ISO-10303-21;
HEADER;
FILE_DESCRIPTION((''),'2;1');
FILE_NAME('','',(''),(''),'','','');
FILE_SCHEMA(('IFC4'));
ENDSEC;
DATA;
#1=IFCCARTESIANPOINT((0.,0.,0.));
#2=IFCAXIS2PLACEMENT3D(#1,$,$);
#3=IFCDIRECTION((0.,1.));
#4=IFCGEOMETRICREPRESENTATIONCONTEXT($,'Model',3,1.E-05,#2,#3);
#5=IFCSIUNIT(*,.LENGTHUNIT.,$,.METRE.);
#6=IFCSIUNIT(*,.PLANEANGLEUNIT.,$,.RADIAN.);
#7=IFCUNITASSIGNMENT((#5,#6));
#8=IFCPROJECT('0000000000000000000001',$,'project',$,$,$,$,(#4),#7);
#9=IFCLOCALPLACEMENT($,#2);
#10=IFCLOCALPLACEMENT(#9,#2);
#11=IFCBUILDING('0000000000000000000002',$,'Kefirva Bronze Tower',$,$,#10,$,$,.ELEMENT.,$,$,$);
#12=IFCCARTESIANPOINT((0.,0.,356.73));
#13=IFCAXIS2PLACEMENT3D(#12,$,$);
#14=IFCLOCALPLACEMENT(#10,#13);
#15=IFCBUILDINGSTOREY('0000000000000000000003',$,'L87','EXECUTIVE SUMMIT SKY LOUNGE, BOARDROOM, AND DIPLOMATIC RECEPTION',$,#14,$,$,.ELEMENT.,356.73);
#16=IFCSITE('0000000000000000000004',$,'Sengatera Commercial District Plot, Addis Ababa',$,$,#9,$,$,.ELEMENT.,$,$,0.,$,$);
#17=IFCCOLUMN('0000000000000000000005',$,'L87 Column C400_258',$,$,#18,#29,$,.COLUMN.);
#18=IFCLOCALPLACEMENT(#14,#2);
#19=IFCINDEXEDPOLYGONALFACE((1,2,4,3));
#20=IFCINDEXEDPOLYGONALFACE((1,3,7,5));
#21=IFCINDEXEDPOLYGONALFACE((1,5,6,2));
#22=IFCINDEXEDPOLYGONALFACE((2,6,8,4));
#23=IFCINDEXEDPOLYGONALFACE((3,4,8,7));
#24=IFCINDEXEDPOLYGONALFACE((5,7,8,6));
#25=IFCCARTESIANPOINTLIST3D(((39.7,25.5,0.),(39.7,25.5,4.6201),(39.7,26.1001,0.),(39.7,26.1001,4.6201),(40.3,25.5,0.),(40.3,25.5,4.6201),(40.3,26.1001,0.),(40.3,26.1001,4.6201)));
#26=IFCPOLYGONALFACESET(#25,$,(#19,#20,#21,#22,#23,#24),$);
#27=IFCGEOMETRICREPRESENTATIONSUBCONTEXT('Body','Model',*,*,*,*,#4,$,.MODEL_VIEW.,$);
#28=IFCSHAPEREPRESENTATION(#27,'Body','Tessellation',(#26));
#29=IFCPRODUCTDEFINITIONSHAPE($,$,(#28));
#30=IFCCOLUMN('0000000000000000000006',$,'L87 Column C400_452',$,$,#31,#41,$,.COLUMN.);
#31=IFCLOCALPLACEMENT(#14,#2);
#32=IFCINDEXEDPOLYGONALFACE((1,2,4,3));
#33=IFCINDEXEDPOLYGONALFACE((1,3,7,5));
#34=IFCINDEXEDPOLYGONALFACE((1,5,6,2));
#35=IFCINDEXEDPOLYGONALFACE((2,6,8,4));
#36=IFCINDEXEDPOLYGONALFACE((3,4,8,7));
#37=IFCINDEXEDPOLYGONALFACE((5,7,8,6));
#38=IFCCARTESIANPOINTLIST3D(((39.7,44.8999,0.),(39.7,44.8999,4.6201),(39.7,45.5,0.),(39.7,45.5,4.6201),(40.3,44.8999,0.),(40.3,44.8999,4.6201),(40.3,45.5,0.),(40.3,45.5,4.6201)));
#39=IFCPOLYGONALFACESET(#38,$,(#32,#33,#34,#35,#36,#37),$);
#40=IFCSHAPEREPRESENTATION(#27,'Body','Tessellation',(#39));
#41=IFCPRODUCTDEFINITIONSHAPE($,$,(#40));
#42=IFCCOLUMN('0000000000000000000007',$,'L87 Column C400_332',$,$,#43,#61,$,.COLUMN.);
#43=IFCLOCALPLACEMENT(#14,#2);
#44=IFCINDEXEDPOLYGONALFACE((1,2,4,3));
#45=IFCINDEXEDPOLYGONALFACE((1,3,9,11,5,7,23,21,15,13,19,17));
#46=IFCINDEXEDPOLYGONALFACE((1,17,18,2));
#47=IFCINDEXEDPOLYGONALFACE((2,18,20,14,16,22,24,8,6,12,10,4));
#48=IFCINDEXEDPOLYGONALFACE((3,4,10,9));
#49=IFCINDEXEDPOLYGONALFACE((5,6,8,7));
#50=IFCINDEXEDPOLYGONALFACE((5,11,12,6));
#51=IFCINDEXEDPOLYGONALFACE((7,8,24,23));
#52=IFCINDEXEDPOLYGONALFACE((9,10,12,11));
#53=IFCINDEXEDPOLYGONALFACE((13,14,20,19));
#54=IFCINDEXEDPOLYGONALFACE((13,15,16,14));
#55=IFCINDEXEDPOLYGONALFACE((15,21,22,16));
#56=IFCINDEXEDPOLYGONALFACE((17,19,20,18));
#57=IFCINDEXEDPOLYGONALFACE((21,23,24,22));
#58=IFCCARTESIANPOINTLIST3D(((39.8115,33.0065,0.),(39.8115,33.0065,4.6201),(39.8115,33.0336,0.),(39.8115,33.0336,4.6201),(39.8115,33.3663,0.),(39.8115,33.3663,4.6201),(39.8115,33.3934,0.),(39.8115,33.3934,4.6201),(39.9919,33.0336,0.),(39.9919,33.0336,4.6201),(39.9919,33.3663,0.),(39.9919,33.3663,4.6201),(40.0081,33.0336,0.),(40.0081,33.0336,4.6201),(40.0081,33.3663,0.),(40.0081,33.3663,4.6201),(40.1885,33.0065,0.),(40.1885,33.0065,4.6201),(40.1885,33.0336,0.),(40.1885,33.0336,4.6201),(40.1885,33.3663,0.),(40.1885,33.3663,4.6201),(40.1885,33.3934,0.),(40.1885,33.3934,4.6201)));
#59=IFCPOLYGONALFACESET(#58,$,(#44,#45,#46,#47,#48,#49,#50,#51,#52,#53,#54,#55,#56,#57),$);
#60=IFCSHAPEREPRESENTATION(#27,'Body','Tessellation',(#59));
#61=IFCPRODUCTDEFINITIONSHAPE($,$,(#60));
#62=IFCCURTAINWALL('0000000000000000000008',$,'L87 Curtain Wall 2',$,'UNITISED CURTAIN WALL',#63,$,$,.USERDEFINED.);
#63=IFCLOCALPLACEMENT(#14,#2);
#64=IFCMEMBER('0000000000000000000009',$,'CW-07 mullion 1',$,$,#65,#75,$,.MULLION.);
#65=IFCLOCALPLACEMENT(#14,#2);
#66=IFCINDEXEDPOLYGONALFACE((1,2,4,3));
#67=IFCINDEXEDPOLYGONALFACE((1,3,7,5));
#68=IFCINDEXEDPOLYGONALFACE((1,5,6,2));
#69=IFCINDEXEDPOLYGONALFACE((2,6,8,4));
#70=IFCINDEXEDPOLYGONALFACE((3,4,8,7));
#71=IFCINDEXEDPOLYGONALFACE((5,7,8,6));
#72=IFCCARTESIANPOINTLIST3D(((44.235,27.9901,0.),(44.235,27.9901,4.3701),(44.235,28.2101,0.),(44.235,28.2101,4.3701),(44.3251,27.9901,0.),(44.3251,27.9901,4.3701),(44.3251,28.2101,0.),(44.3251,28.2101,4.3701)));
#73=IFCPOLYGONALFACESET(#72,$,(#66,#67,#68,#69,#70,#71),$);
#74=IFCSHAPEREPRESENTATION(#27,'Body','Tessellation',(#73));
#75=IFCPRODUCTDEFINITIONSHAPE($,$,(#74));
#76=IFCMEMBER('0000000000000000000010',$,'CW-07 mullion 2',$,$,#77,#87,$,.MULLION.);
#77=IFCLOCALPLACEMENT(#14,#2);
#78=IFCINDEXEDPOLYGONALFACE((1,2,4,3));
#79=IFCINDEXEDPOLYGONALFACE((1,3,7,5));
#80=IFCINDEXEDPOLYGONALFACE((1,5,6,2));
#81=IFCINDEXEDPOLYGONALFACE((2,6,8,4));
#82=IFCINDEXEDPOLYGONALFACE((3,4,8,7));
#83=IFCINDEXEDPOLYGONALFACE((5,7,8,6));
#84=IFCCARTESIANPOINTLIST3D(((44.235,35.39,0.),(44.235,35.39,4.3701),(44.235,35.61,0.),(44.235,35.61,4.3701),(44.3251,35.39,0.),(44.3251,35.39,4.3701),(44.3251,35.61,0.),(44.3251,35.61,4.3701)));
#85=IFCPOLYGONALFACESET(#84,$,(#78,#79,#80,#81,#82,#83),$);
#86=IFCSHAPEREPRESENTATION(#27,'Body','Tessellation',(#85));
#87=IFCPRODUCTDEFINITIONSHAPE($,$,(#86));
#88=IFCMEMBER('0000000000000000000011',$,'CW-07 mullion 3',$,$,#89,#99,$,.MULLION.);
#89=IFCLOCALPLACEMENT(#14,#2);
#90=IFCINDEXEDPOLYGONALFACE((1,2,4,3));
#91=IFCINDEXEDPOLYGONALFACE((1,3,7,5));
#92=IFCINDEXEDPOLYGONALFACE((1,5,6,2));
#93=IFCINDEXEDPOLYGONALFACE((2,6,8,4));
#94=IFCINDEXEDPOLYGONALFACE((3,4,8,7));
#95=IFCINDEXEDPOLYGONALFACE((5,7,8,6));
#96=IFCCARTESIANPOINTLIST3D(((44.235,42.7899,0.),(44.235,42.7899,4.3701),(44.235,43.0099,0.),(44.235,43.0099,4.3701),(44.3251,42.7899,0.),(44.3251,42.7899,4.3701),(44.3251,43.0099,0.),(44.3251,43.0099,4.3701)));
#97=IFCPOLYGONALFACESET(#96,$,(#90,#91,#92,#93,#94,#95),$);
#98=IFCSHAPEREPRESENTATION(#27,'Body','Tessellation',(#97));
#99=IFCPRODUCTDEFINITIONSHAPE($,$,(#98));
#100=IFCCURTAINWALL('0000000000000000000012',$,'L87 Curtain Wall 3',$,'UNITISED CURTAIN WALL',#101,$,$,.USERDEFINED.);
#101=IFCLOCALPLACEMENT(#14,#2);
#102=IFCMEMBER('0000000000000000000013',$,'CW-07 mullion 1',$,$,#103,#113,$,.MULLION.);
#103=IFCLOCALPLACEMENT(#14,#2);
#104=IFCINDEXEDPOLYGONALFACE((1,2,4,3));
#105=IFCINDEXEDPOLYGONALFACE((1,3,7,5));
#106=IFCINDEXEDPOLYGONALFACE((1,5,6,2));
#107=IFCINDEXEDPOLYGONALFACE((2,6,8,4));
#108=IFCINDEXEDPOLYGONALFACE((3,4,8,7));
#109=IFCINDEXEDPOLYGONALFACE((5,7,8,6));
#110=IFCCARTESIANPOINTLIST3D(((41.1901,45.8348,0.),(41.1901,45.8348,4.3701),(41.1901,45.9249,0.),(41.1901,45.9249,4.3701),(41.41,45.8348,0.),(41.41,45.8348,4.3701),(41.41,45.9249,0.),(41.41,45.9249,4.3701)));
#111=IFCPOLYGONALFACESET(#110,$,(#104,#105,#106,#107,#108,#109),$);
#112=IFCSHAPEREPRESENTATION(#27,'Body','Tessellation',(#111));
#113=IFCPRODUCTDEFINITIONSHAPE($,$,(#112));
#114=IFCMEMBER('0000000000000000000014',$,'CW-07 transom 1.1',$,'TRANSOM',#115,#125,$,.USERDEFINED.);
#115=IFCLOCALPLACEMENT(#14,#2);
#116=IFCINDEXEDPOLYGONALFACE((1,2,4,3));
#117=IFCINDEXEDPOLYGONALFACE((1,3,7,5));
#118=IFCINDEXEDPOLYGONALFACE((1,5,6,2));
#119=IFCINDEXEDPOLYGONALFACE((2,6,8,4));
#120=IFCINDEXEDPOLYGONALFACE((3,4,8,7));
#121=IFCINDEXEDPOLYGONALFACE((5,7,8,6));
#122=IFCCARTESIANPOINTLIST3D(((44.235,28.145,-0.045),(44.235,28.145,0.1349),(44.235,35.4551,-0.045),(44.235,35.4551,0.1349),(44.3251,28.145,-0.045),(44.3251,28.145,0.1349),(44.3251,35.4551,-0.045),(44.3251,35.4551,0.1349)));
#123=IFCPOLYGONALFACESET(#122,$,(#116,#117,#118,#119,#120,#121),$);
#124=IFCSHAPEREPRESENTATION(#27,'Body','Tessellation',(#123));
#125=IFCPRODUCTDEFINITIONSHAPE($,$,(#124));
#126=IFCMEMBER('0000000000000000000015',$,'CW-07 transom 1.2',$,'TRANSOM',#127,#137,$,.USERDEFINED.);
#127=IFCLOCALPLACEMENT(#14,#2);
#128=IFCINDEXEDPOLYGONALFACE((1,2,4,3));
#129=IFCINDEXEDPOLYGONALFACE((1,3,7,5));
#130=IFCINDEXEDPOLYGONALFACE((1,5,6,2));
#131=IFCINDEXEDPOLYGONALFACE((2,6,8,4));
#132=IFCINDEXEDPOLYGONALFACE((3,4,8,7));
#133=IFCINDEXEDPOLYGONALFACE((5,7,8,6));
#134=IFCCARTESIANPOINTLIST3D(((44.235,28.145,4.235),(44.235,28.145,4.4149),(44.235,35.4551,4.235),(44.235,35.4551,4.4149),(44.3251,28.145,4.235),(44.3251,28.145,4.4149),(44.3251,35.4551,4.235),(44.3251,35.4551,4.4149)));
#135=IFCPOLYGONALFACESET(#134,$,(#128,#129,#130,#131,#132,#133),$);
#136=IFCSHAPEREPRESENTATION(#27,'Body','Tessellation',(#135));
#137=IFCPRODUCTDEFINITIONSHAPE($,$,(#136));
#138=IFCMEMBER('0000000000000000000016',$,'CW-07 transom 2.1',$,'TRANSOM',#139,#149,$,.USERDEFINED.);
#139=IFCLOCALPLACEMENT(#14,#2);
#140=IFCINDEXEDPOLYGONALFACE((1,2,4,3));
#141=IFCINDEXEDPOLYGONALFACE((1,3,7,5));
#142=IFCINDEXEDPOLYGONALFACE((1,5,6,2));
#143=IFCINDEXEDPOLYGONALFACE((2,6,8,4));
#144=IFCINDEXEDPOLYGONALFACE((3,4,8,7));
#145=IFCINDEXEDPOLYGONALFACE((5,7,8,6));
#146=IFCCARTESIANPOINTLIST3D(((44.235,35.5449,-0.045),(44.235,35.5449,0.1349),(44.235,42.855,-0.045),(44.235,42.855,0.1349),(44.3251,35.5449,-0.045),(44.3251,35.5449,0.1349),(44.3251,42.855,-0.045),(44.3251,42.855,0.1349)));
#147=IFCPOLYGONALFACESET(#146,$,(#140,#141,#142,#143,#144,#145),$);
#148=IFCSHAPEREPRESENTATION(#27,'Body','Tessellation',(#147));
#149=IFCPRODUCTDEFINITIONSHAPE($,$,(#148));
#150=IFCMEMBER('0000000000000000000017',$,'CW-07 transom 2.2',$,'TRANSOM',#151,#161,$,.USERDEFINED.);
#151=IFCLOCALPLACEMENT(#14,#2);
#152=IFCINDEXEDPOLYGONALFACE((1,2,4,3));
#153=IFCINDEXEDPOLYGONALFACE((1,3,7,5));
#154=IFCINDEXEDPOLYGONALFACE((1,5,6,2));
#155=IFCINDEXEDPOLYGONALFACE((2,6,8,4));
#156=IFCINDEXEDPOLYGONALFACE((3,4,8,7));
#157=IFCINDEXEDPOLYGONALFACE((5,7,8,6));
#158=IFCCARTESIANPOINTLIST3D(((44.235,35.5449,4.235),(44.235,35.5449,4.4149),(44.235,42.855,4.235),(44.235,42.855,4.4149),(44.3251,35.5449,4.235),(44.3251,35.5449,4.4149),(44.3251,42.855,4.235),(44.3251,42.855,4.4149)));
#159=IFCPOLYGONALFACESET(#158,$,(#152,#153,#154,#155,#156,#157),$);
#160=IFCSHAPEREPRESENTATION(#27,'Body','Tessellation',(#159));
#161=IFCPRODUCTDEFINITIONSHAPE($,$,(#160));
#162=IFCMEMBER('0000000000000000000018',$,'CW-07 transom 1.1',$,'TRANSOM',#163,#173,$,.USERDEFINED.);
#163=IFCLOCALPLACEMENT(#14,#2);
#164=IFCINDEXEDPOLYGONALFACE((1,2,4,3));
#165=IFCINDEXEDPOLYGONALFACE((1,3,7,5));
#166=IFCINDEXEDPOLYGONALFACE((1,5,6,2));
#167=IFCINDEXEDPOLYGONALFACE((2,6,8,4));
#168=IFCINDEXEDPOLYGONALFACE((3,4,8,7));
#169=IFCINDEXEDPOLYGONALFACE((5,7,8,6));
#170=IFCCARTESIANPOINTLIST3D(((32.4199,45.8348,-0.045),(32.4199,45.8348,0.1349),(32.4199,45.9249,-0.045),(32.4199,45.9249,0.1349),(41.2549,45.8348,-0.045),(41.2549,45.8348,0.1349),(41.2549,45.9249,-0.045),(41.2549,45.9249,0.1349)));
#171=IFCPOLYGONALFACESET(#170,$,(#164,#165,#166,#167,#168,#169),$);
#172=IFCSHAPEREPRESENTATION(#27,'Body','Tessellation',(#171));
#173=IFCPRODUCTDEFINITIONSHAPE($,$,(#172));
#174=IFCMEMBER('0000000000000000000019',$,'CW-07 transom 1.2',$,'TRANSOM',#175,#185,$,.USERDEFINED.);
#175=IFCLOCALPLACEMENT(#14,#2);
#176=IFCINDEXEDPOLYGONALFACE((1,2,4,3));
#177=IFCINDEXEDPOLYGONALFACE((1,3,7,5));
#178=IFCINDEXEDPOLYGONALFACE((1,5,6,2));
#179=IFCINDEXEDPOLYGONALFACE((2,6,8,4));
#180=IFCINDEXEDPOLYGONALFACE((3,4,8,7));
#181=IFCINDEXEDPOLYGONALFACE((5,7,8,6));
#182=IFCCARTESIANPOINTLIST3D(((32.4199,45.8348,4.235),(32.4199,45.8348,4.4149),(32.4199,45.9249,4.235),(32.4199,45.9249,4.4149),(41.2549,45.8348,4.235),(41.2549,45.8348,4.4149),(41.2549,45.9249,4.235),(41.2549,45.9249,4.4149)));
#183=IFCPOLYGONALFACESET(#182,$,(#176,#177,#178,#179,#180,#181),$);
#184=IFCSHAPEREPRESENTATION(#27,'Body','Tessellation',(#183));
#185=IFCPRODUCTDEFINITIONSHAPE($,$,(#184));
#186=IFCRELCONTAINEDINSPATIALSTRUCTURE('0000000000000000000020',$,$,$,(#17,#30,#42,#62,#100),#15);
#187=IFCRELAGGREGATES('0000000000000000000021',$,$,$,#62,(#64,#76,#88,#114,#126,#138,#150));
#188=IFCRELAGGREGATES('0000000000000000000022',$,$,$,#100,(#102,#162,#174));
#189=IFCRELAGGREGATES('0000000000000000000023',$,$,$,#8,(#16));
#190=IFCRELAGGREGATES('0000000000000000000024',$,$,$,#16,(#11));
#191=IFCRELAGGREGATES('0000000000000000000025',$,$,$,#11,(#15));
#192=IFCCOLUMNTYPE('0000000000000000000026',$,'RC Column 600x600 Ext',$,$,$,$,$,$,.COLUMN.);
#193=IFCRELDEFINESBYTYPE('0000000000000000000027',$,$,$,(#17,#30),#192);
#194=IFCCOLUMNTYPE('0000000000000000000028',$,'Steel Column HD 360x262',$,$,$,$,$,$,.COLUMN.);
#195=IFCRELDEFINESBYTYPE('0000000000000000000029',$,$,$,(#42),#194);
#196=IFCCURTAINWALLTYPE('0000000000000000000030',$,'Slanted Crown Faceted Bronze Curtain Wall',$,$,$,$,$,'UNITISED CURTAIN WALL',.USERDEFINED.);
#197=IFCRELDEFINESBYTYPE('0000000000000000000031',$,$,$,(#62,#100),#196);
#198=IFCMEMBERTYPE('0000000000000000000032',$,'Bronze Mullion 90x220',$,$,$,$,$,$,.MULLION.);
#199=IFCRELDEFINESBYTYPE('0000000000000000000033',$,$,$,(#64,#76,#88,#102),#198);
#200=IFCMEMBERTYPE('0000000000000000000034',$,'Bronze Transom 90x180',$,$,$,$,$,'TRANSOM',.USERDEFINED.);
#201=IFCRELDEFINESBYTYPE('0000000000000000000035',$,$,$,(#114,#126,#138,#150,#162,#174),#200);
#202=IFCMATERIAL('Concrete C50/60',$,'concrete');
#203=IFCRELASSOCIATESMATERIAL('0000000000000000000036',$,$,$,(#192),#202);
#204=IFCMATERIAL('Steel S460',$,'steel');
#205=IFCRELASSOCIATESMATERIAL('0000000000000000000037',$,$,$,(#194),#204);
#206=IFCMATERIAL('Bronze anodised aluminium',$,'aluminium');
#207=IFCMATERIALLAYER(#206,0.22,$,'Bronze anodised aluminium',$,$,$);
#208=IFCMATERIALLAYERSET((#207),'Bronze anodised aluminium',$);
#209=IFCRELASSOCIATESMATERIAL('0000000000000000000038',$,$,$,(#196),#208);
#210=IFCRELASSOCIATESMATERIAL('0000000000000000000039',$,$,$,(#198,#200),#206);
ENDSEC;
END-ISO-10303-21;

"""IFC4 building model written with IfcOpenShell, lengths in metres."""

from ifc_helpers import new_model, si_unit, direction, frame, origin, origin_2d, place, context, subcontext, project, spatial, rectangle, i_section, extrude, material, layer, layer_set, material_profile, profile_set, type_object, element, aggregate, save


model = new_model("IFC4")

# Units and contexts
model_context = context("Model", 3, precision=1e-05, world=origin(), true_north=direction((0.0, 1.0)))
body_context = subcontext(model_context, "Body", "Model", "MODEL_VIEW")
ifc_project = project(units=[si_unit("LENGTHUNIT", "METRE"), si_unit("PLANEANGLEUNIT", "RADIAN")], contexts=[model_context])

# Site, building, storey
site_placement = place(None, origin())
site = spatial("IfcSite", under=ifc_project, at=site_placement, Name="Sengatera Commercial District Plot, Addis Ababa", CompositionType="ELEMENT", RefElevation=0.0)
building_placement = place(site_placement, origin())
building = spatial("IfcBuilding", under=site, at=building_placement, Name="Kefirva Bronze Tower", CompositionType="ELEMENT")
storey_placement = place(building_placement, frame((0.0, 0.0, 356.73)))
storey = spatial("IfcBuildingStorey", under=building, at=storey_placement, Name="L87", Description="EXECUTIVE SUMMIT SKY LOUNGE, BOARDROOM, AND DIPLOMATIC RECEPTION", CompositionType="ELEMENT", Elevation=356.73)

# Columns
ifc_material_1 = material(Name="Concrete C50/60", Category="concrete")
ifc_material_profile_1 = material_profile(ifc_material_1, rectangle(XDim=0.6001, YDim=0.6001, at=origin_2d()), Name="RC 600x600")
ifc_profile_set_1 = profile_set([ifc_material_profile_1], Name="Concrete C50/60")
column_type_1 = type_object("IfcColumnType", Name="RC Column 600x600 Ext", PredefinedType="COLUMN", material=ifc_profile_set_1)
for number, where, z_axis, x_axis, name in (
    (1, (40.0, 25.8, 0.0), (0.0, 0.0, 1.0), (1.0, 0.0, 0.0), "L87 Column C400_258"),
    (2, (40.0, 45.2, 0.0), (0.0, 0.0, 1.0), (1.0, 0.0, 0.0), "L87 Column C400_452"),
):
    element("IfcColumn", number, at=place(storey_placement, frame(where, z_axis=z_axis, x_axis=x_axis)), inside=storey, type_object=column_type_1, Name=name, PredefinedType="COLUMN", context=body_context, shape_type="SweptSolid", body=[
        extrude(rectangle(XDim=0.6001, YDim=0.6001, at=origin_2d()), origin(), (0.0, 0.0, 1.0), 4.6201),
    ])
ifc_material_2 = material(Name="Steel S460", Category="steel")
ifc_material_profile_2 = material_profile(ifc_material_2, i_section(OverallWidth=0.377, OverallDepth=0.387, WebThickness=0.0161, FlangeThickness=0.0271, at=origin_2d()), Name="HD 360x262")
ifc_profile_set_2 = profile_set([ifc_material_profile_2], Name="Steel S460")
column_type_2 = type_object("IfcColumnType", Name="Steel Column HD 360x262", PredefinedType="COLUMN", material=ifc_profile_set_2)
column_placement = place(storey_placement, frame((40.0, 33.2, 0.0), z_axis=(0.0, 0.0, 1.0), x_axis=(1.0, 0.0, 0.0)))
element("IfcColumn", 3, at=column_placement, inside=storey, type_object=column_type_2, Name="L87 Column C400_332", PredefinedType="COLUMN", context=body_context, shape_type="SweptSolid", body=[
    extrude(i_section(OverallWidth=0.377, OverallDepth=0.387, WebThickness=0.0161, FlangeThickness=0.0271, at=origin_2d()), origin(), (0.0, 0.0, 1.0), 4.6201),
])

# Curtain wall, members
ifc_material_3 = material(Name="Bronze anodised aluminium", Category="aluminium")
ifc_layer_1 = layer(ifc_material_3, 0.22, Name="Bronze anodised aluminium")
ifc_layer_set_1 = layer_set([ifc_layer_1], Name="Bronze anodised aluminium")
curtain_wall_type = type_object("IfcCurtainWallType", Name="Slanted Crown Faceted Bronze Curtain Wall", ElementType="UNITISED CURTAIN WALL", PredefinedType="USERDEFINED", material=ifc_layer_set_1)
curtain_wall_1_placement = place(storey_placement, origin())
curtain_wall_1 = element("IfcCurtainWall", 4, at=curtain_wall_1_placement, inside=storey, type_object=curtain_wall_type, Name="L87 Curtain Wall 2", ObjectType="UNITISED CURTAIN WALL", PredefinedType="USERDEFINED")
ifc_material_profile_3 = material_profile(ifc_material_3, rectangle(XDim=0.0901, YDim=0.22, at=origin_2d()), Name="ALU 90x220")
ifc_profile_set_3 = profile_set([ifc_material_profile_3], Name="Bronze anodised aluminium")
member_type_1 = type_object("IfcMemberType", Name="Bronze Mullion 90x220", PredefinedType="MULLION", material=ifc_profile_set_3)
member_1_placement = place(storey_placement, frame((44.28, 28.1001, 0.0), z_axis=(0.0, 0.0, 1.0), x_axis=(-1.0, 0.0, 0.0)))
member_1 = element("IfcMember", 5, at=member_1_placement, type_object=member_type_1, Name="CW-07 mullion 1", PredefinedType="MULLION", context=body_context, shape_type="SweptSolid", body=[
    extrude(rectangle(XDim=0.0901, YDim=0.22, at=origin_2d()), origin(), (0.0, 0.0, 1.0), 4.3701),
])
member_2_placement = place(storey_placement, frame((44.28, 35.5, 0.0), z_axis=(0.0, 0.0, 1.0), x_axis=(-1.0, 0.0, 0.0)))
member_2 = element("IfcMember", 6, at=member_2_placement, type_object=member_type_1, Name="CW-07 mullion 2", PredefinedType="MULLION", context=body_context, shape_type="SweptSolid", body=[
    extrude(rectangle(XDim=0.0901, YDim=0.22, at=origin_2d()), origin(), (0.0, 0.0, 1.0), 4.3701),
])
member_3_placement = place(storey_placement, frame((44.28, 42.8999, 0.0), z_axis=(0.0, 0.0, 1.0), x_axis=(-1.0, 0.0, 0.0)))
member_3 = element("IfcMember", 7, at=member_3_placement, type_object=member_type_1, Name="CW-07 mullion 3", PredefinedType="MULLION", context=body_context, shape_type="SweptSolid", body=[
    extrude(rectangle(XDim=0.0901, YDim=0.22, at=origin_2d()), origin(), (0.0, 0.0, 1.0), 4.3701),
])

# Curtain wall, member
curtain_wall_2_placement = place(storey_placement, origin())
curtain_wall_2 = element("IfcCurtainWall", 8, at=curtain_wall_2_placement, inside=storey, type_object=curtain_wall_type, Name="L87 Curtain Wall 3", ObjectType="UNITISED CURTAIN WALL", PredefinedType="USERDEFINED")
member_4_placement = place(storey_placement, frame((41.3, 45.8799, 0.0), z_axis=(0.0, 0.0, 1.0), x_axis=(0.0, -1.0, 0.0)))
member_4 = element("IfcMember", 9, at=member_4_placement, type_object=member_type_1, Name="CW-07 mullion 1", PredefinedType="MULLION", context=body_context, shape_type="SweptSolid", body=[
    extrude(rectangle(XDim=0.0901, YDim=0.22, at=origin_2d()), origin(), (0.0, 0.0, 1.0), 4.3701),
])

# Members
ifc_material_profile_4 = material_profile(ifc_material_3, rectangle(XDim=0.0901, YDim=0.1799, at=origin_2d()), Name="ALU 90x180")
ifc_profile_set_4 = profile_set([ifc_material_profile_4], Name="Bronze anodised aluminium")
member_type_2 = type_object("IfcMemberType", Name="Bronze Transom 90x180", ElementType="TRANSOM", PredefinedType="USERDEFINED", material=ifc_profile_set_4)
member_5_placement = place(storey_placement, frame((44.28, 28.145, 0.0449), z_axis=(0.0, 1.0, 0.0), x_axis=(-1.0, 0.0, 0.0)))
member_5 = element("IfcMember", 10, at=member_5_placement, type_object=member_type_2, Name="CW-07 transom 1.1", ObjectType="TRANSOM", PredefinedType="USERDEFINED", context=body_context, shape_type="SweptSolid", body=[
    extrude(rectangle(XDim=0.0901, YDim=0.1799, at=origin_2d()), origin(), (0.0, 0.0, 1.0), 7.3101),
])
member_6_placement = place(storey_placement, frame((44.28, 28.145, 4.325), z_axis=(0.0, 1.0, 0.0), x_axis=(-1.0, 0.0, 0.0)))
member_6 = element("IfcMember", 11, at=member_6_placement, type_object=member_type_2, Name="CW-07 transom 1.2", ObjectType="TRANSOM", PredefinedType="USERDEFINED", context=body_context, shape_type="SweptSolid", body=[
    extrude(rectangle(XDim=0.0901, YDim=0.1799, at=origin_2d()), origin(), (0.0, 0.0, 1.0), 7.3101),
])
member_7_placement = place(storey_placement, frame((44.28, 35.5449, 0.0449), z_axis=(0.0, 1.0, 0.0), x_axis=(-1.0, 0.0, 0.0)))
member_7 = element("IfcMember", 12, at=member_7_placement, type_object=member_type_2, Name="CW-07 transom 2.1", ObjectType="TRANSOM", PredefinedType="USERDEFINED", context=body_context, shape_type="SweptSolid", body=[
    extrude(rectangle(XDim=0.0901, YDim=0.1799, at=origin_2d()), origin(), (0.0, 0.0, 1.0), 7.3101),
])
member_8_placement = place(storey_placement, frame((44.28, 35.5449, 4.325), z_axis=(0.0, 1.0, 0.0), x_axis=(-1.0, 0.0, 0.0)))
member_8 = element("IfcMember", 13, at=member_8_placement, type_object=member_type_2, Name="CW-07 transom 2.2", ObjectType="TRANSOM", PredefinedType="USERDEFINED", context=body_context, shape_type="SweptSolid", body=[
    extrude(rectangle(XDim=0.0901, YDim=0.1799, at=origin_2d()), origin(), (0.0, 0.0, 1.0), 7.3101),
])
member_9_placement = place(storey_placement, frame((41.2549, 45.8799, 0.0449), z_axis=(-1.0, 0.0, 0.0), x_axis=(0.0, -1.0, 0.0)))
member_9 = element("IfcMember", 14, at=member_9_placement, type_object=member_type_2, Name="CW-07 transom 1.1", ObjectType="TRANSOM", PredefinedType="USERDEFINED", context=body_context, shape_type="SweptSolid", body=[
    extrude(rectangle(XDim=0.0901, YDim=0.1799, at=origin_2d()), origin(), (0.0, 0.0, 1.0), 8.835),
])
member_10_placement = place(storey_placement, frame((41.2549, 45.8799, 4.325), z_axis=(-1.0, 0.0, 0.0), x_axis=(0.0, -1.0, 0.0)))
member_10 = element("IfcMember", 15, at=member_10_placement, type_object=member_type_2, Name="CW-07 transom 1.2", ObjectType="TRANSOM", PredefinedType="USERDEFINED", context=body_context, shape_type="SweptSolid", body=[
    extrude(rectangle(XDim=0.0901, YDim=0.1799, at=origin_2d()), origin(), (0.0, 0.0, 1.0), 8.835),
])

aggregate(curtain_wall_1, [member_1, member_2, member_3, member_5, member_6, member_7, member_8])
aggregate(curtain_wall_2, [member_4, member_9, member_10])

save(model, "model.ifc")
